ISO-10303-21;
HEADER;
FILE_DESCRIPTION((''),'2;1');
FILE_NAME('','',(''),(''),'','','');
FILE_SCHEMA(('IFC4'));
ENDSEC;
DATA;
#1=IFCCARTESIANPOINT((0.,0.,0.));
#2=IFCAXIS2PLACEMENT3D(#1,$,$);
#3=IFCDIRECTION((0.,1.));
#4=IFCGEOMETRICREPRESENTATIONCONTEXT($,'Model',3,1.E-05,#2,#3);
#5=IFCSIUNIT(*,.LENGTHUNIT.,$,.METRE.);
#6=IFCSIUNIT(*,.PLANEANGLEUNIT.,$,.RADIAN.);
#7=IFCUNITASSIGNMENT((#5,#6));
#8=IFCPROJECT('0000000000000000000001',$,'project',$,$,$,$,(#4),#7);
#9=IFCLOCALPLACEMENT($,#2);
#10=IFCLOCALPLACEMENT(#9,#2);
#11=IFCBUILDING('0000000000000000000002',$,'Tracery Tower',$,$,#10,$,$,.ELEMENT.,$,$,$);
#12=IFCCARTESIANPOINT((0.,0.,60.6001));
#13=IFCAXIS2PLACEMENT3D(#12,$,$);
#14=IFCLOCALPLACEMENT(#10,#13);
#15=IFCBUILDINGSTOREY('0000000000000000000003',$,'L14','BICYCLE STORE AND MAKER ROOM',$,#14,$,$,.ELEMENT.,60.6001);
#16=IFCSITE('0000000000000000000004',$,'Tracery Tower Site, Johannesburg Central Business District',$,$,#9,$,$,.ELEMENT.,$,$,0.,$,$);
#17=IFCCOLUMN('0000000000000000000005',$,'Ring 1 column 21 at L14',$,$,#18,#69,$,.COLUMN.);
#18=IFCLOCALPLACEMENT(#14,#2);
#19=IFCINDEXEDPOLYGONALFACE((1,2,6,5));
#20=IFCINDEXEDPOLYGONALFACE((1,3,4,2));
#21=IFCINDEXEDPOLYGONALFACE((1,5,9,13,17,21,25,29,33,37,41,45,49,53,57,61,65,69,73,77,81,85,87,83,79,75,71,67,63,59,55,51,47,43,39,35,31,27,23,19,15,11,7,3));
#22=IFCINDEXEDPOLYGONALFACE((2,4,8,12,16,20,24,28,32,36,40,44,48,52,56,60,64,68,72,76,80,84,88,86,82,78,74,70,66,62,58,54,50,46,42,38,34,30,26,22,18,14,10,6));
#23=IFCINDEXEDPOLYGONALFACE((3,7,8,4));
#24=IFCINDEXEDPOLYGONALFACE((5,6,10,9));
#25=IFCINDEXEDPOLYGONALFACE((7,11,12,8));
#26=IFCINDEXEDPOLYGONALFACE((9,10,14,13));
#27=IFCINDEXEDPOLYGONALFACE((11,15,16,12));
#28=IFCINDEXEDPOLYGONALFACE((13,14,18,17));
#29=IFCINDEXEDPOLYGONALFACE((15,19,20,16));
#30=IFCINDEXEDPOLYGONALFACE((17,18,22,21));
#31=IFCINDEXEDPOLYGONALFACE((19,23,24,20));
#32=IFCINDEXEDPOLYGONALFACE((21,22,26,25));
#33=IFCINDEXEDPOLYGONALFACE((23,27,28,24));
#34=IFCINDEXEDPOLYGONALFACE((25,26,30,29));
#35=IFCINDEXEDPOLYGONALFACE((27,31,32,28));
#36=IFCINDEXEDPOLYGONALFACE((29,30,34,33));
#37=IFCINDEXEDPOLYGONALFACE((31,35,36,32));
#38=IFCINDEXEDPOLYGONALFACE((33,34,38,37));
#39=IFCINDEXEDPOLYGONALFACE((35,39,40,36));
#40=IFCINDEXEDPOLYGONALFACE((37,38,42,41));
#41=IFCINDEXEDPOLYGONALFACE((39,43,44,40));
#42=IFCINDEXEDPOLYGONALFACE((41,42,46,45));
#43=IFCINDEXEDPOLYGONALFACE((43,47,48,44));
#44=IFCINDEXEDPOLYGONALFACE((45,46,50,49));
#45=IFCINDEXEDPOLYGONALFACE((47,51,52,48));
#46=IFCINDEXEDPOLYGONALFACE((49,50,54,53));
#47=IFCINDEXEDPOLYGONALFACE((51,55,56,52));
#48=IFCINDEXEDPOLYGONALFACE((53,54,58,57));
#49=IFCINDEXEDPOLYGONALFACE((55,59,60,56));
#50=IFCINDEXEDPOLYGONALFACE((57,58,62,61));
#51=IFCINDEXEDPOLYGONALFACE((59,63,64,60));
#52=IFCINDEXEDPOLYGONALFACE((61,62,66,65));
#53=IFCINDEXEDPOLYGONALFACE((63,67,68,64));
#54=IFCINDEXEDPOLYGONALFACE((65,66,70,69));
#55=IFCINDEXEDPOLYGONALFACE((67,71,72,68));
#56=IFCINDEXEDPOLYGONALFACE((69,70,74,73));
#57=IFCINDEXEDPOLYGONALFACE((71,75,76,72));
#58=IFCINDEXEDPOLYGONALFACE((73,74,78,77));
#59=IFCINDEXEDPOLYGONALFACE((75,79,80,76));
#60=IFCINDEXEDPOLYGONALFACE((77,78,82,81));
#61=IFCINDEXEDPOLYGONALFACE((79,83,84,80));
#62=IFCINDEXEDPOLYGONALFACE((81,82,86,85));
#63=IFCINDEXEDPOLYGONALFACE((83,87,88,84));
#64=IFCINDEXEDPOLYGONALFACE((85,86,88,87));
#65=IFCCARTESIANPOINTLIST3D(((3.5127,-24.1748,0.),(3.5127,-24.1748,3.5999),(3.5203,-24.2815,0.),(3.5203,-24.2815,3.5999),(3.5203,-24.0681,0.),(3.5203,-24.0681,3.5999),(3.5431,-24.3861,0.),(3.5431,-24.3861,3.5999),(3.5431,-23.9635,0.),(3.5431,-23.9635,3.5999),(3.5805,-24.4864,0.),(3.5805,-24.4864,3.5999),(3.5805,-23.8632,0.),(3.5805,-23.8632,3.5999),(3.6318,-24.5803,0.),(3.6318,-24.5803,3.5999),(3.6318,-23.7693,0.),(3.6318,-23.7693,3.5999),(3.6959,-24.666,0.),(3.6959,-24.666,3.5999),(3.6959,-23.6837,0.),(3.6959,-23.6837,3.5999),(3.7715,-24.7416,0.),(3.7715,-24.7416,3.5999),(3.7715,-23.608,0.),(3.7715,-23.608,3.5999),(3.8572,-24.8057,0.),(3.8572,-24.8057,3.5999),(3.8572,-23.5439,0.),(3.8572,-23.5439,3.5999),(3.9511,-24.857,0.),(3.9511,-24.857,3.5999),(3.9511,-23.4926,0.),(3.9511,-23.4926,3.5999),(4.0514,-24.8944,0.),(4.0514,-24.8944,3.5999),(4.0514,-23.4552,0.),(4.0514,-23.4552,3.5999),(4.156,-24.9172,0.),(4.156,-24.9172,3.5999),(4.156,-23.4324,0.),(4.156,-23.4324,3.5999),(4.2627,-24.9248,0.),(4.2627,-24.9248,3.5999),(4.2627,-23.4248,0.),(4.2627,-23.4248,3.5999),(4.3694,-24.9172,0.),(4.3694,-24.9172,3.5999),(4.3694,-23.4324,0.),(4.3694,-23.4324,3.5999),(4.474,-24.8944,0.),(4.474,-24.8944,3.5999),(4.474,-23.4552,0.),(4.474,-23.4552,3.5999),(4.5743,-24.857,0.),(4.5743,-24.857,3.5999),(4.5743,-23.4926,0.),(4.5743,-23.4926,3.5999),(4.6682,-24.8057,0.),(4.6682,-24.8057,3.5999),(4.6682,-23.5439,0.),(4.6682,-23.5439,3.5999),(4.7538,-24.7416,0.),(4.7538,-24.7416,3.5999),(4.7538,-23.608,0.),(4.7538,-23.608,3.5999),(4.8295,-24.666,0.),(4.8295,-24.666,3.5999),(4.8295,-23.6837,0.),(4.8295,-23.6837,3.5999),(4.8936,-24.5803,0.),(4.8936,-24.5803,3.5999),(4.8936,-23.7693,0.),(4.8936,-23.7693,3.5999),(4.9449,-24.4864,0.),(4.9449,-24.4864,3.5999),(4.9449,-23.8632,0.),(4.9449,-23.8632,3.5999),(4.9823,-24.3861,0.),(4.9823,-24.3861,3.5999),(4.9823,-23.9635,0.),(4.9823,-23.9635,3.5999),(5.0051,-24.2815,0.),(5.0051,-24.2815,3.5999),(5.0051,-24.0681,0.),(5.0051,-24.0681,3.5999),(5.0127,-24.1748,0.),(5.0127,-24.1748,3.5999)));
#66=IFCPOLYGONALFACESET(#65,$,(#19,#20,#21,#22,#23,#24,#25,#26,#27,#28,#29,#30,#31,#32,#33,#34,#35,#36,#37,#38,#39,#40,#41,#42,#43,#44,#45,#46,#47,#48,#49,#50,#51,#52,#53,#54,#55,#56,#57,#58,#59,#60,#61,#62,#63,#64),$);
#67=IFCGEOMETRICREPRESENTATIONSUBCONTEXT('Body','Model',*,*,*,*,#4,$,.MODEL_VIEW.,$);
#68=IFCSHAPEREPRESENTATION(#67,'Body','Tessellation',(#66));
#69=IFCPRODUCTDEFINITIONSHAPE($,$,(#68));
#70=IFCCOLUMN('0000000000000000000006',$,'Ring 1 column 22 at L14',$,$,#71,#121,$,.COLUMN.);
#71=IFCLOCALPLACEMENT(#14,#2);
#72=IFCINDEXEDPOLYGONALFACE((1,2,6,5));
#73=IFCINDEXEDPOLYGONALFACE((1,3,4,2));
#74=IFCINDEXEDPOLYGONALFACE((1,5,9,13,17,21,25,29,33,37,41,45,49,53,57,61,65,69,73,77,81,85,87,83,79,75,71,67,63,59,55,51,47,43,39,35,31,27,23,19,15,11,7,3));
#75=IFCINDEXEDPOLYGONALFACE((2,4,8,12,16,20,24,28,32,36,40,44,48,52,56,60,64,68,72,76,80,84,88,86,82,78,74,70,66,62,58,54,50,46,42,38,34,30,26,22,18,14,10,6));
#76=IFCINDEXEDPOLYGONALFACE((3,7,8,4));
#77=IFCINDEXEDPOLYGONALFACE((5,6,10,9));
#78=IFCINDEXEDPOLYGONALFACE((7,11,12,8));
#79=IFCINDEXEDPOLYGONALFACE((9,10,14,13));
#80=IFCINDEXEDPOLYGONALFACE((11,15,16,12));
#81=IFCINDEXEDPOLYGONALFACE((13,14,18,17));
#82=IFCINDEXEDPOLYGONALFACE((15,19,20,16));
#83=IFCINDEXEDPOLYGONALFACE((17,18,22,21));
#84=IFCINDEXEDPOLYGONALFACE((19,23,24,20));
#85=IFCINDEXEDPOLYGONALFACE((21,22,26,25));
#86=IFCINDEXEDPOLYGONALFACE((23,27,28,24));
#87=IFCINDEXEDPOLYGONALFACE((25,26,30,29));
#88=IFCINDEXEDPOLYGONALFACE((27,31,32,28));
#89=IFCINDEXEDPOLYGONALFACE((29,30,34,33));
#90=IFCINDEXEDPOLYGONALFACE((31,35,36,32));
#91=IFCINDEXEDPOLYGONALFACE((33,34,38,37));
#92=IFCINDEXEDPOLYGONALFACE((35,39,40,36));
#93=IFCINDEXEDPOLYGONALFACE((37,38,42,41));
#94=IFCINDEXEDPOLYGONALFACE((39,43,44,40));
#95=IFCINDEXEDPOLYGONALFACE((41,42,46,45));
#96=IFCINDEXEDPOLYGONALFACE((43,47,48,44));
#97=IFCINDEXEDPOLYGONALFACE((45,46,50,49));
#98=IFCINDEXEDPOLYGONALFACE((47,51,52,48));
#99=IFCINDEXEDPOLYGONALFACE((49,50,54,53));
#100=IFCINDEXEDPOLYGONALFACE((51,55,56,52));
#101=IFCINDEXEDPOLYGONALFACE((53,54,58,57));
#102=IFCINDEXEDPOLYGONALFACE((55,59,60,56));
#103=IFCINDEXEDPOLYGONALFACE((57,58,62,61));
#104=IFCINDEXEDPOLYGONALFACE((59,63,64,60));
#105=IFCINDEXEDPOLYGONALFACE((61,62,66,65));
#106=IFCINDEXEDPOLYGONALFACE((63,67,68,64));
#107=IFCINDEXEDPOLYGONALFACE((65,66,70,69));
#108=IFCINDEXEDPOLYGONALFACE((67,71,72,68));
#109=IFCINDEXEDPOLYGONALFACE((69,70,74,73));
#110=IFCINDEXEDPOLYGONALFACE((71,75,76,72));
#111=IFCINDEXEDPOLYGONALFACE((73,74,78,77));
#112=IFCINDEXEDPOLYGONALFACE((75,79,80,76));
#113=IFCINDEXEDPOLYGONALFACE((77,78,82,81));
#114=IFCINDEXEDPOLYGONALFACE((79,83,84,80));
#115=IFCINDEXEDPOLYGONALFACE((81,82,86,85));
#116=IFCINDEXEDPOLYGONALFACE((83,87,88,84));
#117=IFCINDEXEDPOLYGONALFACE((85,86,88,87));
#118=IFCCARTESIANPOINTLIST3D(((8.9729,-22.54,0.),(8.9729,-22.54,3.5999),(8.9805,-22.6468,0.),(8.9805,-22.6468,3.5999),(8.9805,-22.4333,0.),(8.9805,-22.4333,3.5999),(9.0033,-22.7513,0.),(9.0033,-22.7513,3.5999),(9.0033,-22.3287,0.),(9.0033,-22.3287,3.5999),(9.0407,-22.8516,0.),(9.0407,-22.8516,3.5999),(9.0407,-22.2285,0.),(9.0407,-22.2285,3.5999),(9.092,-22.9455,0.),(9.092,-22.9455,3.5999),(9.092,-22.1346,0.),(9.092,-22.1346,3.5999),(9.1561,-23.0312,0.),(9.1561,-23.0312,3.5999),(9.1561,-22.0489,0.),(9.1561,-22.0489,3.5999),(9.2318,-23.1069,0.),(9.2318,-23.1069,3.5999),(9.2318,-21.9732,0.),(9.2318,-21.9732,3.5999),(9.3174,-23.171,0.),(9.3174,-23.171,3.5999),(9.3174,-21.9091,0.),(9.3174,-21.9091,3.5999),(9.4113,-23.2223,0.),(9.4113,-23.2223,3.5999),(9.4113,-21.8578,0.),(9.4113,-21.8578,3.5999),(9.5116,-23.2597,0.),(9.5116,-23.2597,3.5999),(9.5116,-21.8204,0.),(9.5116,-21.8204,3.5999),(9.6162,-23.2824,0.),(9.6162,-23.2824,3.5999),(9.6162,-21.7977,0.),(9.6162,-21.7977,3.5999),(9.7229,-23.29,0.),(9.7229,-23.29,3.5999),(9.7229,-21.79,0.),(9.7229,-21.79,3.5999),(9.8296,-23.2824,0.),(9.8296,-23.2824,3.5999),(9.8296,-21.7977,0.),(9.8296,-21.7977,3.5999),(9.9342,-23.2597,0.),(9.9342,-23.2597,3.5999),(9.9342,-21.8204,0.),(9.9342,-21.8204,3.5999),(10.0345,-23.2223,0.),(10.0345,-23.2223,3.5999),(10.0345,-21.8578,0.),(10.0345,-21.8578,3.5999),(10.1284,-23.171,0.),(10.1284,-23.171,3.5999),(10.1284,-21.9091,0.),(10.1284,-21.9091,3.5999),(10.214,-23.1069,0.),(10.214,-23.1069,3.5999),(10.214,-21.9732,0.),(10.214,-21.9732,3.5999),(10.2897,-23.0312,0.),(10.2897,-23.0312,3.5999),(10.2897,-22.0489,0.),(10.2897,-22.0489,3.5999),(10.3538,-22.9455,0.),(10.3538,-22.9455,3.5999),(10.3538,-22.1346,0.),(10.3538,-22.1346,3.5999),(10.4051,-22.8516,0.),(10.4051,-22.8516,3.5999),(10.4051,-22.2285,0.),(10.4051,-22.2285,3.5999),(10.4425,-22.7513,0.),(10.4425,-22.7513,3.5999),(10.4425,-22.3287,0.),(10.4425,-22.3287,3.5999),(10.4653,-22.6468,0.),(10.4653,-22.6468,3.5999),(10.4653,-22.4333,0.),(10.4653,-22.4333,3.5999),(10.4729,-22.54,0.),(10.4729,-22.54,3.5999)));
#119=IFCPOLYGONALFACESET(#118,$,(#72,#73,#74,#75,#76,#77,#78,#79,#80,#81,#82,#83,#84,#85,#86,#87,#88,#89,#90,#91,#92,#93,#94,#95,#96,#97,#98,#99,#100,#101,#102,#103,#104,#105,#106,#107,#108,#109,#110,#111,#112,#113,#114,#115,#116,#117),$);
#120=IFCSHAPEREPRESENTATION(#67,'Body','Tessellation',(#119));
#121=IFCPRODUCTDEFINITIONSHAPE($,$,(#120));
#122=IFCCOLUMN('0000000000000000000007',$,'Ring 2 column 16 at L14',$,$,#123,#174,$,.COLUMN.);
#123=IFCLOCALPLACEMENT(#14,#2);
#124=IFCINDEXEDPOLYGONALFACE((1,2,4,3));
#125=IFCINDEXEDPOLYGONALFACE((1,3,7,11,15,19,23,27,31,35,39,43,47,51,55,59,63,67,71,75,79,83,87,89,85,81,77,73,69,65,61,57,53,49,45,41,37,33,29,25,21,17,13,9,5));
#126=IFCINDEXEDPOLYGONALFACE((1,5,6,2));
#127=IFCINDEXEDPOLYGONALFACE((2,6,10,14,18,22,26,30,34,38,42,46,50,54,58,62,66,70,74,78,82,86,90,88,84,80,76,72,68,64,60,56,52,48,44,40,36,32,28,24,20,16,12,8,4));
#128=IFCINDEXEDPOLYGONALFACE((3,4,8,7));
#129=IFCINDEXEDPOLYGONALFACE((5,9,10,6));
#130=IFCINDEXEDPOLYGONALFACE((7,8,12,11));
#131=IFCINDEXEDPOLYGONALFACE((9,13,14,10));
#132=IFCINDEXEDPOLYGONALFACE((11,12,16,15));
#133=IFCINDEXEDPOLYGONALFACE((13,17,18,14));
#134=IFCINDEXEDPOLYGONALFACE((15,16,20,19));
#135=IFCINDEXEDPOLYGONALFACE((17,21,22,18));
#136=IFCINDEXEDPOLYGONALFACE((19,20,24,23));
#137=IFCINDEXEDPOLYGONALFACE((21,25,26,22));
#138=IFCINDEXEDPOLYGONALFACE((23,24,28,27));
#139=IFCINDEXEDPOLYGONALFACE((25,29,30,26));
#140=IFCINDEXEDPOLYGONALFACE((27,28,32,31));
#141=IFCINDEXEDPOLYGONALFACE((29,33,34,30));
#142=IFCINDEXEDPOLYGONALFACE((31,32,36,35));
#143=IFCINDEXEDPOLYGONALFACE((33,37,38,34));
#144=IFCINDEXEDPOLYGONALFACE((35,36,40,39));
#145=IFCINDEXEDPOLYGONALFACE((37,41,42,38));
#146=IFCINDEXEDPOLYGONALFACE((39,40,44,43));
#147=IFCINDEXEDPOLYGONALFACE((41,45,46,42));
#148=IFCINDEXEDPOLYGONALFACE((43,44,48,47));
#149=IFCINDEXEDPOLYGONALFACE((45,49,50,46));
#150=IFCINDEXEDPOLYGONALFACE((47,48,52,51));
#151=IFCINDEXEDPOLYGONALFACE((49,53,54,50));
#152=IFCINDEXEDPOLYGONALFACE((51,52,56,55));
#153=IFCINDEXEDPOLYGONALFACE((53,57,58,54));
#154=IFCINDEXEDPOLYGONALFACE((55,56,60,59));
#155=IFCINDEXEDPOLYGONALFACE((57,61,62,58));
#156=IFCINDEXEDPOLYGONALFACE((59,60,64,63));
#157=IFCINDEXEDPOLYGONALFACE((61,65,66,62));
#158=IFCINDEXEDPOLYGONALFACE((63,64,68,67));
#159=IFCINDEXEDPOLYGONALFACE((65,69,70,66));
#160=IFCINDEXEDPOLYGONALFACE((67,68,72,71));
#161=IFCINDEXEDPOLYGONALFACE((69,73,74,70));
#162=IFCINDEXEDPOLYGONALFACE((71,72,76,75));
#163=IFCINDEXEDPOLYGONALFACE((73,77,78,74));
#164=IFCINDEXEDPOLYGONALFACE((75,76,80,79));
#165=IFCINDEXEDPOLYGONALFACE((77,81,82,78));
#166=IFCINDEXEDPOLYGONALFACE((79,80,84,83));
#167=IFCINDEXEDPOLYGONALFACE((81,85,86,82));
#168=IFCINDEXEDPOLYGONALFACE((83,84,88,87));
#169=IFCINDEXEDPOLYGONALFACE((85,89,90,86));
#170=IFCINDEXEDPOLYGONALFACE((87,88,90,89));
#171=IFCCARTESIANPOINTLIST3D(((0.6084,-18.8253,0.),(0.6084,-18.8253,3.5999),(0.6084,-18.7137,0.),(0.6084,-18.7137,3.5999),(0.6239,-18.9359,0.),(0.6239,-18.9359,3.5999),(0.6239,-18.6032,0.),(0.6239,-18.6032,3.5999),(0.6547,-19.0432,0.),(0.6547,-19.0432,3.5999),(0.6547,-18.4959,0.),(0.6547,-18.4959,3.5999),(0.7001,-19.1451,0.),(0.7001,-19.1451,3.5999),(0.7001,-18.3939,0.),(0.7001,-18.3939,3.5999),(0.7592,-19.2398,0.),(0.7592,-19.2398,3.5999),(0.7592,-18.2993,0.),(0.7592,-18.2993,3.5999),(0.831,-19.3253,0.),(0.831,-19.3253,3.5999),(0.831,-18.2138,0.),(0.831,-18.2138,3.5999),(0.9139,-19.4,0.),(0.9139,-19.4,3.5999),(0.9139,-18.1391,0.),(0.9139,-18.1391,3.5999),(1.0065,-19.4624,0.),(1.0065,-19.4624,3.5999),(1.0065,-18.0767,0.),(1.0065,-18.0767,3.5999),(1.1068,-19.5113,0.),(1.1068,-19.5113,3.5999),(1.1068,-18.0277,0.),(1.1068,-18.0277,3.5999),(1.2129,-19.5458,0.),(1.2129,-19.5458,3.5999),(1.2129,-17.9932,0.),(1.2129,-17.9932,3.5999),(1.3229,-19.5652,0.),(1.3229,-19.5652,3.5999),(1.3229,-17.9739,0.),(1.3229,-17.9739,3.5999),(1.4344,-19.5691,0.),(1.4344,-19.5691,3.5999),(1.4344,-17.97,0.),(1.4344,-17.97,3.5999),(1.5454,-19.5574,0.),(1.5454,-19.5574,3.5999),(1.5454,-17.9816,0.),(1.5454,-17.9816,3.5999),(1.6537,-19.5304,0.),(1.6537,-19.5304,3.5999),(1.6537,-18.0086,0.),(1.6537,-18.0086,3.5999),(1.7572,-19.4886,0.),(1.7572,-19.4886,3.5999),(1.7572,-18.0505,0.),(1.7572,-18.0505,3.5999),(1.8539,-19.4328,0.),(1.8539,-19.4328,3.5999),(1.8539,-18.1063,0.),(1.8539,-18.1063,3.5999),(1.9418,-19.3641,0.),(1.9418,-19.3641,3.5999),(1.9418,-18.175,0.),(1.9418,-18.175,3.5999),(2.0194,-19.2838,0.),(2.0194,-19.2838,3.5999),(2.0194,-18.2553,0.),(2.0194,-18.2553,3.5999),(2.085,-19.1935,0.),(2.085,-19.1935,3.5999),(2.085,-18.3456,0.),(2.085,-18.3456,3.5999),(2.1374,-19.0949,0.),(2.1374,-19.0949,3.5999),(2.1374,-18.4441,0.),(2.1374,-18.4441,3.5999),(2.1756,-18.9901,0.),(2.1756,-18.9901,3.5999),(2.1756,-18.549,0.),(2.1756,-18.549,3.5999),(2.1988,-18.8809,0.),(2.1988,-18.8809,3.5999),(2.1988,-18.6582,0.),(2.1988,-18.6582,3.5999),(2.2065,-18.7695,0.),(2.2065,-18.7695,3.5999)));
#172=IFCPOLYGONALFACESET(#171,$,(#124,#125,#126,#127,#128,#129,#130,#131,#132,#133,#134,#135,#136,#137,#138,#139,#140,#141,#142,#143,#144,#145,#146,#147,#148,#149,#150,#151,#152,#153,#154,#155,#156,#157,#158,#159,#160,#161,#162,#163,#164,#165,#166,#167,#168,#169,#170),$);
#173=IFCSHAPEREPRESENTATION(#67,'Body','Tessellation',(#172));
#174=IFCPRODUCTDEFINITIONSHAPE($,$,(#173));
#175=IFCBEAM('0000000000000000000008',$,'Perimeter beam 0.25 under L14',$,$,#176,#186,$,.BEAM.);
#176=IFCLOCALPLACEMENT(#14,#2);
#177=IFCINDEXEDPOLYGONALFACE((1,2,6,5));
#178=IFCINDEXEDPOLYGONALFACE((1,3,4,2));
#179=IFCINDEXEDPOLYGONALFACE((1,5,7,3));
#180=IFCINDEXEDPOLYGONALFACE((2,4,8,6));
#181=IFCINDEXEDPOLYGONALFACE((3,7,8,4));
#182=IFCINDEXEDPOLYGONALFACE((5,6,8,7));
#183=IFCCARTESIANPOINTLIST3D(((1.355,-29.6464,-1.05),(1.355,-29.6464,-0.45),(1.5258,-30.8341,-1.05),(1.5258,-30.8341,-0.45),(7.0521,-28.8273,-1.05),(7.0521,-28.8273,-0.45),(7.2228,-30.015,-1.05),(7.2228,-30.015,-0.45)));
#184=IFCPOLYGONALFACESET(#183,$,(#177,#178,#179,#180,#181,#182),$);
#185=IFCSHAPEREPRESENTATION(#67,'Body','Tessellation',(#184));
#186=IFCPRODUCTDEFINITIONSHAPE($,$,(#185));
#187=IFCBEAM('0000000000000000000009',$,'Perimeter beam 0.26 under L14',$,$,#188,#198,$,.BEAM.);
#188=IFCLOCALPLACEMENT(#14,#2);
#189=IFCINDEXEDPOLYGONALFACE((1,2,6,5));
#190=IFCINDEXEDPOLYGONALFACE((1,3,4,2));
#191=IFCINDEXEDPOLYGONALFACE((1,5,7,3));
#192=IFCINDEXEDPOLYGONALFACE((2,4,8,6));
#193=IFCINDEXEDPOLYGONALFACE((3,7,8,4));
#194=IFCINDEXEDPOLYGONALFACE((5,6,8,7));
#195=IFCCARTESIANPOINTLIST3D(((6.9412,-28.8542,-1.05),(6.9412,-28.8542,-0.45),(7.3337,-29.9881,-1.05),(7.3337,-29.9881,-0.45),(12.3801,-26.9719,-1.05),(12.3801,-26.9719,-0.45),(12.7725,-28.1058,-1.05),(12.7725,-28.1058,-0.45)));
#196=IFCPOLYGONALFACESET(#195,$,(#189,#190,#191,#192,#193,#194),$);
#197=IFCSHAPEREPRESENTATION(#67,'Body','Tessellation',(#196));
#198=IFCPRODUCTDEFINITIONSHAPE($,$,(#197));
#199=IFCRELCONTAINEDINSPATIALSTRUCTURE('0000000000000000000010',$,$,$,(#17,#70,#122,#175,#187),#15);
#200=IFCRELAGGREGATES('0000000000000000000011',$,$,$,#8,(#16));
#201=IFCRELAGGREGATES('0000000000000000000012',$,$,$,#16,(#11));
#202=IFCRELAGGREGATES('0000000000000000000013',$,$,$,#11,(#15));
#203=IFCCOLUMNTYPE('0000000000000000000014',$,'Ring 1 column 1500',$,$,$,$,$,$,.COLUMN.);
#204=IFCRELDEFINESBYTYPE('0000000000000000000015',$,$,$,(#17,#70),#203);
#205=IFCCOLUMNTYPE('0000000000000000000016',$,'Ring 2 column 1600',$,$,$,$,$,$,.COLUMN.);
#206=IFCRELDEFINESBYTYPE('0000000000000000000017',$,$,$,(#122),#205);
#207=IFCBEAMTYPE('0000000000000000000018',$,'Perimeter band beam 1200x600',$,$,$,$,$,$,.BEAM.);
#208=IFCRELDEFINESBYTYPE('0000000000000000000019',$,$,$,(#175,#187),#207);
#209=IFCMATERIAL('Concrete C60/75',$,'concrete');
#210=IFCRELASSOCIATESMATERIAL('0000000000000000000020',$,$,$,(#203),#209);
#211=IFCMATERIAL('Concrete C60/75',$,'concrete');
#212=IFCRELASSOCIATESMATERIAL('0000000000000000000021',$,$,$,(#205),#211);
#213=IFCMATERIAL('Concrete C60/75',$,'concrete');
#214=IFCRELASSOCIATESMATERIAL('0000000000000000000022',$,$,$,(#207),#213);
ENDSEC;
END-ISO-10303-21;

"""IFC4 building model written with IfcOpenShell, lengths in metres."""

from ifc_helpers import new_model, si_unit, direction, frame, origin, origin_2d, place, context, subcontext, project, spatial, rectangle, circle, extrude, material, material_profile, profile_set, type_object, element, save


model = new_model("IFC4")

# Units and contexts
model_context = context("Model", 3, precision=1e-05, world=origin(), true_north=direction((0.0, 1.0)))
body_context = subcontext(model_context, "Body", "Model", "MODEL_VIEW")
ifc_project = project(units=[si_unit("LENGTHUNIT", "METRE"), si_unit("PLANEANGLEUNIT", "RADIAN")], contexts=[model_context])

# Site, building, storey
site_placement = place(None, origin())
site = spatial("IfcSite", under=ifc_project, at=site_placement, Name="Tracery Tower Site, Johannesburg Central Business District", CompositionType="ELEMENT", RefElevation=0.0)
building_placement = place(site_placement, origin())
building = spatial("IfcBuilding", under=site, at=building_placement, Name="Tracery Tower", CompositionType="ELEMENT")
storey_placement = place(building_placement, frame((0.0, 0.0, 60.6001)))
storey = spatial("IfcBuildingStorey", under=building, at=storey_placement, Name="L14", Description="BICYCLE STORE AND MAKER ROOM", CompositionType="ELEMENT", Elevation=60.6001)

# Columns
ifc_material_1 = material(Name="Concrete C60/75", Category="concrete")
ifc_material_profile_1 = material_profile(ifc_material_1, circle(Radius=0.75, at=origin_2d()), Name="RC D1500")
ifc_profile_set_1 = profile_set([ifc_material_profile_1], Name="Concrete C60/75")
column_type_1 = type_object("IfcColumnType", Name="Ring 1 column 1500", PredefinedType="COLUMN", material=ifc_profile_set_1)
for number, where, z_axis, x_axis, name in (
    (1, (4.2627, -24.1748, 0.0), (0.0, 0.0, 1.0), (1.0, 0.0, 0.0), "Ring 1 column 21 at L14"),
    (2, (9.7229, -22.54, 0.0), (0.0, 0.0, 1.0), (1.0, 0.0, 0.0), "Ring 1 column 22 at L14"),
):
    element("IfcColumn", number, at=place(storey_placement, frame(where, z_axis=z_axis, x_axis=x_axis)), inside=storey, type_object=column_type_1, Name=name, PredefinedType="COLUMN", context=body_context, shape_type="SweptSolid", body=[
        extrude(circle(Radius=0.75, at=origin_2d()), origin(), (0.0, 0.0, 1.0), 3.5999),
    ])
ifc_material_2 = material(Name="Concrete C60/75", Category="concrete")
ifc_material_profile_2 = material_profile(ifc_material_2, circle(Radius=0.8, at=origin_2d()), Name="RC D1600")
ifc_profile_set_2 = profile_set([ifc_material_profile_2], Name="Concrete C60/75")
column_type_2 = type_object("IfcColumnType", Name="Ring 2 column 1600", PredefinedType="COLUMN", material=ifc_profile_set_2)
column_placement = place(storey_placement, frame((1.4065, -18.7695, 0.0), z_axis=(0.0, 0.0, 1.0), x_axis=(1.0, 0.0, 0.0)))
element("IfcColumn", 3, at=column_placement, inside=storey, type_object=column_type_2, Name="Ring 2 column 16 at L14", PredefinedType="COLUMN", context=body_context, shape_type="SweptSolid", body=[
    extrude(circle(Radius=0.8, at=origin_2d()), origin(), (0.0, 0.0, 1.0), 3.5999),
])

# Beams
ifc_material_3 = material(Name="Concrete C60/75", Category="concrete")
ifc_material_profile_3 = material_profile(ifc_material_3, rectangle(XDim=1.2, YDim=0.6001, at=origin_2d()), Name="RC 1200x600")
ifc_profile_set_3 = profile_set([ifc_material_profile_3], Name="Concrete C60/75")
beam_type = type_object("IfcBeamType", Name="Perimeter band beam 1200x600", PredefinedType="BEAM", material=ifc_profile_set_3)
beam_1_placement = place(storey_placement, frame((1.4404, -30.2402, -0.75), z_axis=(0.989822, 0.142312, 0.0), x_axis=(-0.142312, 0.989822, 0.0)))
element("IfcBeam", 4, at=beam_1_placement, inside=storey, type_object=beam_type, Name="Perimeter beam 0.25 under L14", PredefinedType="BEAM", context=body_context, shape_type="SweptSolid", body=[
    extrude(rectangle(XDim=1.2, YDim=0.6001, at=origin_2d()), origin(), (0.0, 0.0, 1.0), 5.7556),
])
beam_2_placement = place(storey_placement, frame((7.1375, -29.4211, -0.75), z_axis=(0.945007, 0.327049, 0.0), x_axis=(-0.327049, 0.945007, 0.0)))
element("IfcBeam", 5, at=beam_2_placement, inside=storey, type_object=beam_type, Name="Perimeter beam 0.26 under L14", PredefinedType="BEAM", context=body_context, shape_type="SweptSolid", body=[
    extrude(rectangle(XDim=1.2, YDim=0.6001, at=origin_2d()), origin(), (0.0, 0.0, 1.0), 5.7554),
])

save(model, "model.ifc")
